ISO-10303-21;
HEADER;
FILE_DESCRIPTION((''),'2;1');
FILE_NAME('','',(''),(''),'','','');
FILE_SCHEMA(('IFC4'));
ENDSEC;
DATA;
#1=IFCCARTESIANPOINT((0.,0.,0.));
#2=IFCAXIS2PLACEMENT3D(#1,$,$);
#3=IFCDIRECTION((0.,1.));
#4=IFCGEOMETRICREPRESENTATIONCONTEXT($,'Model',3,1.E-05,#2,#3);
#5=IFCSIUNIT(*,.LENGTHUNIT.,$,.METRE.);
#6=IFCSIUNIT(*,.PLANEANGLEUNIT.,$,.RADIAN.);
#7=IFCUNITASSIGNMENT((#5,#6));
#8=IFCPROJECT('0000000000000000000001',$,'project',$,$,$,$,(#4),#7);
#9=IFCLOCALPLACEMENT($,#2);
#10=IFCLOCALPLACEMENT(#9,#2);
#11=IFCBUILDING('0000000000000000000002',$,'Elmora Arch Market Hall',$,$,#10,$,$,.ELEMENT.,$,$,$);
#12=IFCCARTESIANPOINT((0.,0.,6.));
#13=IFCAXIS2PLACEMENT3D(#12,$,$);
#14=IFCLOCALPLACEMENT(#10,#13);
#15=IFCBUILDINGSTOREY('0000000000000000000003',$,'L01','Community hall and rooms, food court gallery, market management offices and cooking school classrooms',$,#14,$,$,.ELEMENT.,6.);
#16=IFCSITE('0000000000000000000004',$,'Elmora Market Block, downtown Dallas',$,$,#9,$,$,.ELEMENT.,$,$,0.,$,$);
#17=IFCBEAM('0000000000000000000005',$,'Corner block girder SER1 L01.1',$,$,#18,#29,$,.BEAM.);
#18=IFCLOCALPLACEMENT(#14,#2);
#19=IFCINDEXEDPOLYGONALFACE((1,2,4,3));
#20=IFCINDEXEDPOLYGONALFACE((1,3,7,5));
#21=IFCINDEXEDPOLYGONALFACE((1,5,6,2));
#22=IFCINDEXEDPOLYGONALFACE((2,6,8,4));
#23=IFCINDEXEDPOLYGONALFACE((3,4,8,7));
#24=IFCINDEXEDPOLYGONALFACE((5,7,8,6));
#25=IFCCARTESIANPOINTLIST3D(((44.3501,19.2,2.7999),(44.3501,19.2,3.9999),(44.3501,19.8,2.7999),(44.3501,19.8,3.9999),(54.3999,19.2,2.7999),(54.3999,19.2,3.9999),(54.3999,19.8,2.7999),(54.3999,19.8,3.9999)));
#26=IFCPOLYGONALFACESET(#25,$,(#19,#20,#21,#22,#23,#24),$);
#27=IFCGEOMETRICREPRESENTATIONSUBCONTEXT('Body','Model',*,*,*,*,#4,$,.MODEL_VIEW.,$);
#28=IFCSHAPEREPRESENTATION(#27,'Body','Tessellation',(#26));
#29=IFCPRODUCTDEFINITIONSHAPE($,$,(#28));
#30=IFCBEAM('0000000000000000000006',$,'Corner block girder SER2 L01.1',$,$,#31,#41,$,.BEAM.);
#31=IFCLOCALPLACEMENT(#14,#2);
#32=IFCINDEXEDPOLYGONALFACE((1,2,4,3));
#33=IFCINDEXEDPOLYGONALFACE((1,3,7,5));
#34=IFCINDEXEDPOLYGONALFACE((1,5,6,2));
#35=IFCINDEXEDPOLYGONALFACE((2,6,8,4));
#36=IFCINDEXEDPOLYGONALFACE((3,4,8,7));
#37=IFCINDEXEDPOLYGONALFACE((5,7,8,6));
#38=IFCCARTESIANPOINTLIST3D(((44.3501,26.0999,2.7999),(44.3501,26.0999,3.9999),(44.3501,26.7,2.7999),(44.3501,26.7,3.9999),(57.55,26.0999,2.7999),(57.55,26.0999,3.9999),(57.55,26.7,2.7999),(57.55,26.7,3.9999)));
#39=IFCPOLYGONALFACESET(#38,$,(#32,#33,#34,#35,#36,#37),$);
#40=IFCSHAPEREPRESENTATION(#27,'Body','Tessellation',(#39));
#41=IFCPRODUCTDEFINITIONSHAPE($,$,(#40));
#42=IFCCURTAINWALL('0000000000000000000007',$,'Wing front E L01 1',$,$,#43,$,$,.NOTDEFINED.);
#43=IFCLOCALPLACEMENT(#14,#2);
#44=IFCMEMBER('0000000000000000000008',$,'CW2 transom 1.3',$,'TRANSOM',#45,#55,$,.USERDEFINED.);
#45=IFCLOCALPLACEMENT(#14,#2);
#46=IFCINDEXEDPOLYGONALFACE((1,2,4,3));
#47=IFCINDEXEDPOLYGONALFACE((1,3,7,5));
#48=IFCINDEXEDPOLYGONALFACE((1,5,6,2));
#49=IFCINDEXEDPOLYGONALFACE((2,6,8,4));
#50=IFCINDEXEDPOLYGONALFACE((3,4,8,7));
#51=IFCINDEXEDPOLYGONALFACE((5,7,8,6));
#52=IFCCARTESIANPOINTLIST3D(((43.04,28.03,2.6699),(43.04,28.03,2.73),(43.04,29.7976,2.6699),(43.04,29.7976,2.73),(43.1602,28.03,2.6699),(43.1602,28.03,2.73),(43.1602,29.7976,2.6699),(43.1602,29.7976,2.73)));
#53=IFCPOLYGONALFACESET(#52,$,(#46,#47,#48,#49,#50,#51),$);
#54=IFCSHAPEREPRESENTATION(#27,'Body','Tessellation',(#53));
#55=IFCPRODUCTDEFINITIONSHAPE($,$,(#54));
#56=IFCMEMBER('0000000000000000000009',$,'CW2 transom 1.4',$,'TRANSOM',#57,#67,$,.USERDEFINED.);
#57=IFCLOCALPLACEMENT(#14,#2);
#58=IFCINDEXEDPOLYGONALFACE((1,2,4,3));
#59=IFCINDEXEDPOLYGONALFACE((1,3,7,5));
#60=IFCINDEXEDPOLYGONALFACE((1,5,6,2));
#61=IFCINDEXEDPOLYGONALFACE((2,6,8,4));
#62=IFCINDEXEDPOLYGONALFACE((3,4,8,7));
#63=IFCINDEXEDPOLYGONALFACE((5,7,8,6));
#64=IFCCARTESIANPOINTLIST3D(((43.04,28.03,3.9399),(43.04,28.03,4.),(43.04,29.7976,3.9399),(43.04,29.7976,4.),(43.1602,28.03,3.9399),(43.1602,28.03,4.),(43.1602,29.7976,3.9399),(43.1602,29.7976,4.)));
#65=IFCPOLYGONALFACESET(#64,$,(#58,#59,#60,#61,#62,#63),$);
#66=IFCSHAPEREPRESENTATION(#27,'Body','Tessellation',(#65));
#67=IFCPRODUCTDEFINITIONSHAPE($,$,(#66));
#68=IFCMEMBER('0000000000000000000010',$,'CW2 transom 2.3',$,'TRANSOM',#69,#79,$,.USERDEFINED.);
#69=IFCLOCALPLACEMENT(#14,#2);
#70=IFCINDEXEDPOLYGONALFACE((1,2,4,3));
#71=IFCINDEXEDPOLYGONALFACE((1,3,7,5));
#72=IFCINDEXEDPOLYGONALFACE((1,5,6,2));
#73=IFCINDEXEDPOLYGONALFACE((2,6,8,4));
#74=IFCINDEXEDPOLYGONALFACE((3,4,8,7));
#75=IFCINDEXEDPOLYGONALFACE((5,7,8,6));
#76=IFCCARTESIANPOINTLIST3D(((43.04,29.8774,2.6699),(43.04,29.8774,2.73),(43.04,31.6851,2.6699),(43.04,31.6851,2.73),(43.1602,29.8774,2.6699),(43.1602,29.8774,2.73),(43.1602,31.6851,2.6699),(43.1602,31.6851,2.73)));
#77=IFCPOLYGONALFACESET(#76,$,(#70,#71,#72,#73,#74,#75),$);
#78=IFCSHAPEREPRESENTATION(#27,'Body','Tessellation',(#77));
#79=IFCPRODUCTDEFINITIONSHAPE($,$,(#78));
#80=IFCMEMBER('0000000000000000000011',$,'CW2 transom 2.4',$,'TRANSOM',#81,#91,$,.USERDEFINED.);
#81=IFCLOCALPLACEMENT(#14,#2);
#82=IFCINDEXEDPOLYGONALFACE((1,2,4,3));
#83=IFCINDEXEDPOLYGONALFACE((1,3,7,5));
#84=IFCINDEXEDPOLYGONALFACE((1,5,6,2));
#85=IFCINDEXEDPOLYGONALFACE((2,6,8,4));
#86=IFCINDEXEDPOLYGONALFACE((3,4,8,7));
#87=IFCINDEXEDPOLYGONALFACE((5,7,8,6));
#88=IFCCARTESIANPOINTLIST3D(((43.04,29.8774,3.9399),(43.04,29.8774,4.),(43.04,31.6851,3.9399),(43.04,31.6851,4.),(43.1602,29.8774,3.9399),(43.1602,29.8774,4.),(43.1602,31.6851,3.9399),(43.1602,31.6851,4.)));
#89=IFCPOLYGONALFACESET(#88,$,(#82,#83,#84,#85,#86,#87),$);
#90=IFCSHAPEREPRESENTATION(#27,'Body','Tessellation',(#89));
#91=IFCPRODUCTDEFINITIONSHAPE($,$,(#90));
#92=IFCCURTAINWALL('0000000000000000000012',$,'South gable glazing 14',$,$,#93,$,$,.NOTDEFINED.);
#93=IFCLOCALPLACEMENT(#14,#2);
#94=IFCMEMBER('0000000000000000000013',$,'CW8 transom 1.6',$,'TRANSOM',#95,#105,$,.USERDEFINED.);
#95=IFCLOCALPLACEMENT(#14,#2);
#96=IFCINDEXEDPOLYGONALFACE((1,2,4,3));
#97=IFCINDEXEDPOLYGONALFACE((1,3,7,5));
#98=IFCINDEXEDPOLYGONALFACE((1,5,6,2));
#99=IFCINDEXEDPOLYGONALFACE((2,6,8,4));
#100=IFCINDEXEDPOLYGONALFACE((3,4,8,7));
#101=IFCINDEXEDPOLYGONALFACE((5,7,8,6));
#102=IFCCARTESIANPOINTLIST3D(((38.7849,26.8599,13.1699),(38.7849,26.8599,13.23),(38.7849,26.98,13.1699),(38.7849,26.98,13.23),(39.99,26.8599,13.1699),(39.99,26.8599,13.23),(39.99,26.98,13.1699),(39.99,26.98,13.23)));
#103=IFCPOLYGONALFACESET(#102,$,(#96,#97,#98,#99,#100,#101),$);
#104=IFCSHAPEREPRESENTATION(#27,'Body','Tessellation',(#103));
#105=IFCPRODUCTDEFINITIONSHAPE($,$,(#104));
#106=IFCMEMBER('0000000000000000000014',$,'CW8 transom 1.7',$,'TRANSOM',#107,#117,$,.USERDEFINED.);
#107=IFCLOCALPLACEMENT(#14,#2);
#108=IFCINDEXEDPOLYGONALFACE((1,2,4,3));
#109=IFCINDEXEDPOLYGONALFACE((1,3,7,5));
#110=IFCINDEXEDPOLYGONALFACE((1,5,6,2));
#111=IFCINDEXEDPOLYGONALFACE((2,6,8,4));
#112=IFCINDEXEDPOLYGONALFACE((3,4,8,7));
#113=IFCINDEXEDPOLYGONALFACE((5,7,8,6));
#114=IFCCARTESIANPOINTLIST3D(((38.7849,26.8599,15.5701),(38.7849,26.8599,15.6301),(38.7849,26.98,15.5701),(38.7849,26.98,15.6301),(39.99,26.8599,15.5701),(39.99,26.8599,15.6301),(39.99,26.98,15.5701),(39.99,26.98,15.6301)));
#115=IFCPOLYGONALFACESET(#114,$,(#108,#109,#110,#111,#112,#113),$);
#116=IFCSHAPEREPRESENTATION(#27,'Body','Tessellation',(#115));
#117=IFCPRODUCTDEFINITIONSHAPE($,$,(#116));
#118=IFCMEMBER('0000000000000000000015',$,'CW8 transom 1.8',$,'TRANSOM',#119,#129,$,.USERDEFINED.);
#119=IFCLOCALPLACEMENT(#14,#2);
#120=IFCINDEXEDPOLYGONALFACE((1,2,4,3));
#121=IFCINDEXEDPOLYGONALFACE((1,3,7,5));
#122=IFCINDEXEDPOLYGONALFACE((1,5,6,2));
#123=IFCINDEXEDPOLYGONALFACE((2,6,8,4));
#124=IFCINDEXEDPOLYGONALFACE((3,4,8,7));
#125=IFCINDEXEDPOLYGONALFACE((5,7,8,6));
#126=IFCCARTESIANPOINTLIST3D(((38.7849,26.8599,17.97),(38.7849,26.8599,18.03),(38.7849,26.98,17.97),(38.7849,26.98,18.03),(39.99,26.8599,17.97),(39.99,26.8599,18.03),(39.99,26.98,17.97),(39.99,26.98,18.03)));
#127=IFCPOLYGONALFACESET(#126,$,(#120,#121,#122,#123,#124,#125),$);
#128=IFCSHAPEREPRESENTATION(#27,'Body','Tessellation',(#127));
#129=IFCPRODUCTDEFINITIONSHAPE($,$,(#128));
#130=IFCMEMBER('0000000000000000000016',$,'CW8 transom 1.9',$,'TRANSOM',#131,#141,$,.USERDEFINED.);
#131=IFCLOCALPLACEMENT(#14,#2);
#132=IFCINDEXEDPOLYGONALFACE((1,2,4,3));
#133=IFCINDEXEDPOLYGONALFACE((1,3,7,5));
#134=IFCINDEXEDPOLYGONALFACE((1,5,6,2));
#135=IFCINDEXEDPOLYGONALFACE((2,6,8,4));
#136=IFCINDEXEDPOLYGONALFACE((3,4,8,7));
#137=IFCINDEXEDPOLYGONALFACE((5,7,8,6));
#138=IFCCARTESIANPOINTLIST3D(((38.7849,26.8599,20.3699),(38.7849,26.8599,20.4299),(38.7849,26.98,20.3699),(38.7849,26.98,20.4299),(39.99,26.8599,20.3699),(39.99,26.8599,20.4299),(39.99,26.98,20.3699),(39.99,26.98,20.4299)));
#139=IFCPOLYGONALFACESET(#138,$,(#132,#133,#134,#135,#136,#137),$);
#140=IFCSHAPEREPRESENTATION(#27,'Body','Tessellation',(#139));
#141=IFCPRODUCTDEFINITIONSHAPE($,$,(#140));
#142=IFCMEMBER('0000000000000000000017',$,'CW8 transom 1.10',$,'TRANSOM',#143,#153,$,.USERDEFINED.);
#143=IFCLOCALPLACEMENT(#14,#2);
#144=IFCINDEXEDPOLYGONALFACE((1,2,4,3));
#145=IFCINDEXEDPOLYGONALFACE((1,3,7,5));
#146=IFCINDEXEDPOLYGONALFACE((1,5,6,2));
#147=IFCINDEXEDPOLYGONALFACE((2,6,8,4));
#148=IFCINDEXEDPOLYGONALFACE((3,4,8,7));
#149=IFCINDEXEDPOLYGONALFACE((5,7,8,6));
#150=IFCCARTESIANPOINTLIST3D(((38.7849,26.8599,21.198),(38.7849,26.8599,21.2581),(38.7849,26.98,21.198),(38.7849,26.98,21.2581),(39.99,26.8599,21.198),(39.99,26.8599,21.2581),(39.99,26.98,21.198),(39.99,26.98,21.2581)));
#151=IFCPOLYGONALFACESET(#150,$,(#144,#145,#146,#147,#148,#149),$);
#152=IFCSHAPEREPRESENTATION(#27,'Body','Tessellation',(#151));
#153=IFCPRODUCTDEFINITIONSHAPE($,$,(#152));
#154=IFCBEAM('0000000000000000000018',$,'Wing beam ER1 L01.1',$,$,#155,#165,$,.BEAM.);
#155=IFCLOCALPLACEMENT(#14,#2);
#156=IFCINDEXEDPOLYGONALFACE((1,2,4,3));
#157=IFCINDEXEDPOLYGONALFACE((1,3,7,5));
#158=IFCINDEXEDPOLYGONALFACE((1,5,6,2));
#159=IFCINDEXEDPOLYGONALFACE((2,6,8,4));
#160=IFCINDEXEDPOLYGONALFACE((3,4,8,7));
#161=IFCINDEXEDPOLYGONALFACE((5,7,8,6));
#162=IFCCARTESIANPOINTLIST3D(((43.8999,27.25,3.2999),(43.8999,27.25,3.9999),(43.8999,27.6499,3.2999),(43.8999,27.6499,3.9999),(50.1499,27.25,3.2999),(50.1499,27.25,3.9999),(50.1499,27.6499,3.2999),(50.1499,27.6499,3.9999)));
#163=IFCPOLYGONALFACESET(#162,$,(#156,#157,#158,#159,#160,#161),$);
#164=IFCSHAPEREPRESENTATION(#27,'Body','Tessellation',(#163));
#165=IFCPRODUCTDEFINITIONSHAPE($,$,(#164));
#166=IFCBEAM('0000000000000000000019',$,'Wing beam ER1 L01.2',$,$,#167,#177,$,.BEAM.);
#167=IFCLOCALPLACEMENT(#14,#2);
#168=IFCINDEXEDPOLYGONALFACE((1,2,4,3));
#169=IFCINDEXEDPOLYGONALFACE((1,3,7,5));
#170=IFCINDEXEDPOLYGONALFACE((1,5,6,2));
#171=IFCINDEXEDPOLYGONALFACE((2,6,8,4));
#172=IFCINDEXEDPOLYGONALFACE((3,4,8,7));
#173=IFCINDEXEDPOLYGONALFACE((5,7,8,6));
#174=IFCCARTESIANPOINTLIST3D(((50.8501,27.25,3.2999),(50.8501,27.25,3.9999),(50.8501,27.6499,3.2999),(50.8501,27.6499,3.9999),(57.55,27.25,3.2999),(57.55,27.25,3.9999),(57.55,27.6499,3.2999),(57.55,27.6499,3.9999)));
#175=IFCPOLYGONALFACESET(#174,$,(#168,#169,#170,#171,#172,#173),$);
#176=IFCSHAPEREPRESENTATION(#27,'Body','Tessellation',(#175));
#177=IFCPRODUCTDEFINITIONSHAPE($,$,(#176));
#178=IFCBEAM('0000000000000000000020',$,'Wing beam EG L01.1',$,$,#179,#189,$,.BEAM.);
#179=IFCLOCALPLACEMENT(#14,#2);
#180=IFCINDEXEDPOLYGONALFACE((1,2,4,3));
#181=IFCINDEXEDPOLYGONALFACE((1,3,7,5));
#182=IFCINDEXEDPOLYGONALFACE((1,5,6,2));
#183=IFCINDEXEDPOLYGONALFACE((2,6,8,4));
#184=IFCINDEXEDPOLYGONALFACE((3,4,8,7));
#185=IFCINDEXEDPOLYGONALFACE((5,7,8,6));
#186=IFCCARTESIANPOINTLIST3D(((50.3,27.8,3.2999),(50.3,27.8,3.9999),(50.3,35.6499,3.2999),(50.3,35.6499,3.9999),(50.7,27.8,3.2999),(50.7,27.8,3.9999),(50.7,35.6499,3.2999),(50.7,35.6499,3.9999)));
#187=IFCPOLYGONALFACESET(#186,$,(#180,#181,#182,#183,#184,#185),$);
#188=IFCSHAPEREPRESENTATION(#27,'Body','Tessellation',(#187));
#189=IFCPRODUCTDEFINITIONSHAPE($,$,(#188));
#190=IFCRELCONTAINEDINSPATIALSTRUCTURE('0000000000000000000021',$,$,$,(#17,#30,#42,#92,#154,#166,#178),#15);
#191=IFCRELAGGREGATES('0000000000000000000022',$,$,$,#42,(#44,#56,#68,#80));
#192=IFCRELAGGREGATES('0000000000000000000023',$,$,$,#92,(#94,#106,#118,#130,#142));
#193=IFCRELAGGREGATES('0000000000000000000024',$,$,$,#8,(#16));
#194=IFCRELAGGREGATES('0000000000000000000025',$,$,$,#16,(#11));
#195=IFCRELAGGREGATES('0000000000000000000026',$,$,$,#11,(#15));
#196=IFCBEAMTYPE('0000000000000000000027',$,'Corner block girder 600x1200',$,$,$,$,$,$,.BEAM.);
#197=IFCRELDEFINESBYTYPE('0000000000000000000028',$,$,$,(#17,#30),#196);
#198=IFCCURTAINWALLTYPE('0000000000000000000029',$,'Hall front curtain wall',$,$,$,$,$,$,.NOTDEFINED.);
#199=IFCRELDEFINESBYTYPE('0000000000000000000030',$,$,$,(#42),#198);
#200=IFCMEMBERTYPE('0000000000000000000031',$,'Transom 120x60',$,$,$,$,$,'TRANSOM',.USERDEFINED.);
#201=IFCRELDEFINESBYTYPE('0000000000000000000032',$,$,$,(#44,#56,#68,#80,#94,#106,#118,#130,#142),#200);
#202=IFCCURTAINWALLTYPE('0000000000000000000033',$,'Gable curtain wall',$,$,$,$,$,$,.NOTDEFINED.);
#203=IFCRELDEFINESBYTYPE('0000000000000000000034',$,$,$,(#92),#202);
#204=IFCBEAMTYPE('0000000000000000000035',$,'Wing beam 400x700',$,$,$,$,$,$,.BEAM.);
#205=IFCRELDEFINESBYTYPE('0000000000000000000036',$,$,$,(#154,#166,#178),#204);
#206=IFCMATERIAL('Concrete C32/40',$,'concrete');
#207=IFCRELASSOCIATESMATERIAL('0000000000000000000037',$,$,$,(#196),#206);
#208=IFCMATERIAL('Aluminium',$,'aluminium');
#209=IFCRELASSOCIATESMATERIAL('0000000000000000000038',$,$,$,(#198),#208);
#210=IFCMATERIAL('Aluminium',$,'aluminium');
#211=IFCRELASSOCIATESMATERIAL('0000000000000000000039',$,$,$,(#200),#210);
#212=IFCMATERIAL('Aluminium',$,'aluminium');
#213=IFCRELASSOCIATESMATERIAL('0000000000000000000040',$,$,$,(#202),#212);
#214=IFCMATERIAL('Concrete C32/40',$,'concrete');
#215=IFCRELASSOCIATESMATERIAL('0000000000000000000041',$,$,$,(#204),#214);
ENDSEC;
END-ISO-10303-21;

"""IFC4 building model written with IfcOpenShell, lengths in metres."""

from ifc_helpers import new_model, si_unit, direction, frame, origin, origin_2d, place, context, subcontext, project, spatial, rectangle, extrude, material, material_profile, profile_set, type_object, element, aggregate, save


model = new_model("IFC4")

# Units and contexts
model_context = context("Model", 3, precision=1e-05, world=origin(), true_north=direction((0.0, 1.0)))
body_context = subcontext(model_context, "Body", "Model", "MODEL_VIEW")
ifc_project = project(units=[si_unit("LENGTHUNIT", "METRE"), si_unit("PLANEANGLEUNIT", "RADIAN")], contexts=[model_context])

# Site, building, storey
site_placement = place(None, origin())
site = spatial("IfcSite", under=ifc_project, at=site_placement, Name="Elmora Market Block, downtown Dallas", CompositionType="ELEMENT", RefElevation=0.0)
building_placement = place(site_placement, origin())
building = spatial("IfcBuilding", under=site, at=building_placement, Name="Elmora Arch Market Hall", CompositionType="ELEMENT")
storey_placement = place(building_placement, frame((0.0, 0.0, 6.0)))
storey = spatial("IfcBuildingStorey", under=building, at=storey_placement, Name="L01", Description="Community hall and rooms, food court gallery, market management offices and cooking school classrooms", CompositionType="ELEMENT", Elevation=6.0)

# Beams
ifc_material_1 = material(Name="Concrete C32/40", Category="concrete")
ifc_material_profile_1 = material_profile(ifc_material_1, rectangle(XDim=0.6001, YDim=1.2, at=origin_2d()), Name="Corner block girder 600x1200")
ifc_profile_set_1 = profile_set([ifc_material_profile_1], Name="Concrete C32/40")
beam_type_1 = type_object("IfcBeamType", Name="Corner block girder 600x1200", PredefinedType="BEAM", material=ifc_profile_set_1)
beam_1_placement = place(storey_placement, frame((44.3501, 19.5, 3.3999), z_axis=(1.0, 0.0, 0.0), x_axis=(0.0, 1.0, 0.0)))
element("IfcBeam", 1, at=beam_1_placement, inside=storey, type_object=beam_type_1, Name="Corner block girder SER1 L01.1", PredefinedType="BEAM", context=body_context, shape_type="SweptSolid", body=[
    extrude(rectangle(XDim=0.6001, YDim=1.2, at=origin_2d()), origin(), (0.0, 0.0, 1.0), 10.0498),
])
beam_2_placement = place(storey_placement, frame((44.3501, 26.3999, 3.3999), z_axis=(1.0, 0.0, 0.0), x_axis=(0.0, 1.0, 0.0)))
element("IfcBeam", 2, at=beam_2_placement, inside=storey, type_object=beam_type_1, Name="Corner block girder SER2 L01.1", PredefinedType="BEAM", context=body_context, shape_type="SweptSolid", body=[
    extrude(rectangle(XDim=0.6001, YDim=1.2, at=origin_2d()), origin(), (0.0, 0.0, 1.0), 13.2),
])

# Curtain walls, members
ifc_material_2 = material(Name="Aluminium", Category="aluminium")
curtain_wall_type_1 = type_object("IfcCurtainWallType", Name="Hall front curtain wall", PredefinedType="NOTDEFINED", material=ifc_material_2)
curtain_wall_1_placement = place(storey_placement, origin())
curtain_wall_1 = element("IfcCurtainWall", 3, at=curtain_wall_1_placement, inside=storey, type_object=curtain_wall_type_1, Name="Wing front E L01 1", PredefinedType="NOTDEFINED")
ifc_material_3 = material(Name="Aluminium", Category="aluminium")
ifc_material_profile_2 = material_profile(ifc_material_3, rectangle(XDim=0.1201, YDim=0.0601, at=origin_2d()), Name="AL 120x60")
ifc_profile_set_2 = profile_set([ifc_material_profile_2], Name="Aluminium")
member_type = type_object("IfcMemberType", Name="Transom 120x60", ElementType="TRANSOM", PredefinedType="USERDEFINED", material=ifc_profile_set_2)
member_1_placement = place(storey_placement, frame((43.1001, 28.03, 2.7), z_axis=(0.0, 1.0, 0.0), x_axis=(-1.0, 0.0, 0.0)))
member_1 = element("IfcMember", 4, at=member_1_placement, type_object=member_type, Name="CW2 transom 1.3", ObjectType="TRANSOM", PredefinedType="USERDEFINED", context=body_context, shape_type="SweptSolid", body=[
    extrude(rectangle(XDim=0.1201, YDim=0.0601, at=origin_2d()), origin(), (0.0, 0.0, 1.0), 1.7676),
])
member_2_placement = place(storey_placement, frame((43.1001, 28.03, 3.97), z_axis=(0.0, 1.0, 0.0), x_axis=(-1.0, 0.0, 0.0)))
member_2 = element("IfcMember", 5, at=member_2_placement, type_object=member_type, Name="CW2 transom 1.4", ObjectType="TRANSOM", PredefinedType="USERDEFINED", context=body_context, shape_type="SweptSolid", body=[
    extrude(rectangle(XDim=0.1201, YDim=0.0601, at=origin_2d()), origin(), (0.0, 0.0, 1.0), 1.7676),
])
member_3_placement = place(storey_placement, frame((43.1001, 29.8774, 2.7), z_axis=(0.0, 1.0, 0.0), x_axis=(-1.0, 0.0, 0.0)))
member_3 = element("IfcMember", 6, at=member_3_placement, type_object=member_type, Name="CW2 transom 2.3", ObjectType="TRANSOM", PredefinedType="USERDEFINED", context=body_context, shape_type="SweptSolid", body=[
    extrude(rectangle(XDim=0.1201, YDim=0.0601, at=origin_2d()), origin(), (0.0, 0.0, 1.0), 1.8076),
])
member_4_placement = place(storey_placement, frame((43.1001, 29.8774, 3.97), z_axis=(0.0, 1.0, 0.0), x_axis=(-1.0, 0.0, 0.0)))
member_4 = element("IfcMember", 7, at=member_4_placement, type_object=member_type, Name="CW2 transom 2.4", ObjectType="TRANSOM", PredefinedType="USERDEFINED", context=body_context, shape_type="SweptSolid", body=[
    extrude(rectangle(XDim=0.1201, YDim=0.0601, at=origin_2d()), origin(), (0.0, 0.0, 1.0), 1.8076),
])
ifc_material_4 = material(Name="Aluminium", Category="aluminium")
curtain_wall_type_2 = type_object("IfcCurtainWallType", Name="Gable curtain wall", PredefinedType="NOTDEFINED", material=ifc_material_4)
curtain_wall_2_placement = place(storey_placement, origin())
curtain_wall_2 = element("IfcCurtainWall", 8, at=curtain_wall_2_placement, inside=storey, type_object=curtain_wall_type_2, Name="South gable glazing 14", PredefinedType="NOTDEFINED")
member_5_placement = place(storey_placement, frame((38.7849, 26.9199, 13.2), z_axis=(1.0, 0.0, 0.0), x_axis=(0.0, 1.0, 0.0)))
member_5 = element("IfcMember", 9, at=member_5_placement, type_object=member_type, Name="CW8 transom 1.6", ObjectType="TRANSOM", PredefinedType="USERDEFINED", context=body_context, shape_type="SweptSolid", body=[
    extrude(rectangle(XDim=0.1201, YDim=0.0601, at=origin_2d()), origin(), (0.0, 0.0, 1.0), 1.2051),
])
member_6_placement = place(storey_placement, frame((38.7849, 26.9199, 15.6001), z_axis=(1.0, 0.0, 0.0), x_axis=(0.0, 1.0, 0.0)))
member_6 = element("IfcMember", 10, at=member_6_placement, type_object=member_type, Name="CW8 transom 1.7", ObjectType="TRANSOM", PredefinedType="USERDEFINED", context=body_context, shape_type="SweptSolid", body=[
    extrude(rectangle(XDim=0.1201, YDim=0.0601, at=origin_2d()), origin(), (0.0, 0.0, 1.0), 1.2051),
])
member_7_placement = place(storey_placement, frame((38.7849, 26.9199, 18.0), z_axis=(1.0, 0.0, 0.0), x_axis=(0.0, 1.0, 0.0)))
member_7 = element("IfcMember", 11, at=member_7_placement, type_object=member_type, Name="CW8 transom 1.8", ObjectType="TRANSOM", PredefinedType="USERDEFINED", context=body_context, shape_type="SweptSolid", body=[
    extrude(rectangle(XDim=0.1201, YDim=0.0601, at=origin_2d()), origin(), (0.0, 0.0, 1.0), 1.2051),
])
member_8_placement = place(storey_placement, frame((38.7849, 26.9199, 20.3999), z_axis=(1.0, 0.0, 0.0), x_axis=(0.0, 1.0, 0.0)))
member_8 = element("IfcMember", 12, at=member_8_placement, type_object=member_type, Name="CW8 transom 1.9", ObjectType="TRANSOM", PredefinedType="USERDEFINED", context=body_context, shape_type="SweptSolid", body=[
    extrude(rectangle(XDim=0.1201, YDim=0.0601, at=origin_2d()), origin(), (0.0, 0.0, 1.0), 1.2051),
])
member_9_placement = place(storey_placement, frame((38.7849, 26.9199, 21.228), z_axis=(1.0, 0.0, 0.0), x_axis=(0.0, 1.0, 0.0)))
member_9 = element("IfcMember", 13, at=member_9_placement, type_object=member_type, Name="CW8 transom 1.10", ObjectType="TRANSOM", PredefinedType="USERDEFINED", context=body_context, shape_type="SweptSolid", body=[
    extrude(rectangle(XDim=0.1201, YDim=0.0601, at=origin_2d()), origin(), (0.0, 0.0, 1.0), 1.2051),
])

# Beams
ifc_material_5 = material(Name="Concrete C32/40", Category="concrete")
ifc_material_profile_3 = material_profile(ifc_material_5, rectangle(XDim=0.3999, YDim=0.7, at=origin_2d()), Name="Wing beam 400x700")
ifc_profile_set_3 = profile_set([ifc_material_profile_3], Name="Concrete C32/40")
beam_type_2 = type_object("IfcBeamType", Name="Wing beam 400x700", PredefinedType="BEAM", material=ifc_profile_set_3)
beam_3_placement = place(storey_placement, frame((43.8999, 27.45, 3.6499), z_axis=(1.0, 0.0, 0.0), x_axis=(0.0, 1.0, 0.0)))
element("IfcBeam", 14, at=beam_3_placement, inside=storey, type_object=beam_type_2, Name="Wing beam ER1 L01.1", PredefinedType="BEAM", context=body_context, shape_type="SweptSolid", body=[
    extrude(rectangle(XDim=0.3999, YDim=0.7, at=origin_2d()), origin(), (0.0, 0.0, 1.0), 6.25),
])
beam_4_placement = place(storey_placement, frame((50.8501, 27.45, 3.6499), z_axis=(1.0, 0.0, 0.0), x_axis=(0.0, 1.0, 0.0)))
element("IfcBeam", 15, at=beam_4_placement, inside=storey, type_object=beam_type_2, Name="Wing beam ER1 L01.2", PredefinedType="BEAM", context=body_context, shape_type="SweptSolid", body=[
    extrude(rectangle(XDim=0.3999, YDim=0.7, at=origin_2d()), origin(), (0.0, 0.0, 1.0), 6.7),
])
beam_5_placement = place(storey_placement, frame((50.5, 27.8, 3.6499), z_axis=(0.0, 1.0, 0.0), x_axis=(-1.0, 0.0, 0.0)))
element("IfcBeam", 16, at=beam_5_placement, inside=storey, type_object=beam_type_2, Name="Wing beam EG L01.1", PredefinedType="BEAM", context=body_context, shape_type="SweptSolid", body=[
    extrude(rectangle(XDim=0.3999, YDim=0.7, at=origin_2d()), origin(), (0.0, 0.0, 1.0), 7.8499),
])

aggregate(curtain_wall_1, [member_1, member_2, member_3, member_4])
aggregate(curtain_wall_2, [member_5, member_6, member_7, member_8, member_9])

save(model, "model.ifc")
